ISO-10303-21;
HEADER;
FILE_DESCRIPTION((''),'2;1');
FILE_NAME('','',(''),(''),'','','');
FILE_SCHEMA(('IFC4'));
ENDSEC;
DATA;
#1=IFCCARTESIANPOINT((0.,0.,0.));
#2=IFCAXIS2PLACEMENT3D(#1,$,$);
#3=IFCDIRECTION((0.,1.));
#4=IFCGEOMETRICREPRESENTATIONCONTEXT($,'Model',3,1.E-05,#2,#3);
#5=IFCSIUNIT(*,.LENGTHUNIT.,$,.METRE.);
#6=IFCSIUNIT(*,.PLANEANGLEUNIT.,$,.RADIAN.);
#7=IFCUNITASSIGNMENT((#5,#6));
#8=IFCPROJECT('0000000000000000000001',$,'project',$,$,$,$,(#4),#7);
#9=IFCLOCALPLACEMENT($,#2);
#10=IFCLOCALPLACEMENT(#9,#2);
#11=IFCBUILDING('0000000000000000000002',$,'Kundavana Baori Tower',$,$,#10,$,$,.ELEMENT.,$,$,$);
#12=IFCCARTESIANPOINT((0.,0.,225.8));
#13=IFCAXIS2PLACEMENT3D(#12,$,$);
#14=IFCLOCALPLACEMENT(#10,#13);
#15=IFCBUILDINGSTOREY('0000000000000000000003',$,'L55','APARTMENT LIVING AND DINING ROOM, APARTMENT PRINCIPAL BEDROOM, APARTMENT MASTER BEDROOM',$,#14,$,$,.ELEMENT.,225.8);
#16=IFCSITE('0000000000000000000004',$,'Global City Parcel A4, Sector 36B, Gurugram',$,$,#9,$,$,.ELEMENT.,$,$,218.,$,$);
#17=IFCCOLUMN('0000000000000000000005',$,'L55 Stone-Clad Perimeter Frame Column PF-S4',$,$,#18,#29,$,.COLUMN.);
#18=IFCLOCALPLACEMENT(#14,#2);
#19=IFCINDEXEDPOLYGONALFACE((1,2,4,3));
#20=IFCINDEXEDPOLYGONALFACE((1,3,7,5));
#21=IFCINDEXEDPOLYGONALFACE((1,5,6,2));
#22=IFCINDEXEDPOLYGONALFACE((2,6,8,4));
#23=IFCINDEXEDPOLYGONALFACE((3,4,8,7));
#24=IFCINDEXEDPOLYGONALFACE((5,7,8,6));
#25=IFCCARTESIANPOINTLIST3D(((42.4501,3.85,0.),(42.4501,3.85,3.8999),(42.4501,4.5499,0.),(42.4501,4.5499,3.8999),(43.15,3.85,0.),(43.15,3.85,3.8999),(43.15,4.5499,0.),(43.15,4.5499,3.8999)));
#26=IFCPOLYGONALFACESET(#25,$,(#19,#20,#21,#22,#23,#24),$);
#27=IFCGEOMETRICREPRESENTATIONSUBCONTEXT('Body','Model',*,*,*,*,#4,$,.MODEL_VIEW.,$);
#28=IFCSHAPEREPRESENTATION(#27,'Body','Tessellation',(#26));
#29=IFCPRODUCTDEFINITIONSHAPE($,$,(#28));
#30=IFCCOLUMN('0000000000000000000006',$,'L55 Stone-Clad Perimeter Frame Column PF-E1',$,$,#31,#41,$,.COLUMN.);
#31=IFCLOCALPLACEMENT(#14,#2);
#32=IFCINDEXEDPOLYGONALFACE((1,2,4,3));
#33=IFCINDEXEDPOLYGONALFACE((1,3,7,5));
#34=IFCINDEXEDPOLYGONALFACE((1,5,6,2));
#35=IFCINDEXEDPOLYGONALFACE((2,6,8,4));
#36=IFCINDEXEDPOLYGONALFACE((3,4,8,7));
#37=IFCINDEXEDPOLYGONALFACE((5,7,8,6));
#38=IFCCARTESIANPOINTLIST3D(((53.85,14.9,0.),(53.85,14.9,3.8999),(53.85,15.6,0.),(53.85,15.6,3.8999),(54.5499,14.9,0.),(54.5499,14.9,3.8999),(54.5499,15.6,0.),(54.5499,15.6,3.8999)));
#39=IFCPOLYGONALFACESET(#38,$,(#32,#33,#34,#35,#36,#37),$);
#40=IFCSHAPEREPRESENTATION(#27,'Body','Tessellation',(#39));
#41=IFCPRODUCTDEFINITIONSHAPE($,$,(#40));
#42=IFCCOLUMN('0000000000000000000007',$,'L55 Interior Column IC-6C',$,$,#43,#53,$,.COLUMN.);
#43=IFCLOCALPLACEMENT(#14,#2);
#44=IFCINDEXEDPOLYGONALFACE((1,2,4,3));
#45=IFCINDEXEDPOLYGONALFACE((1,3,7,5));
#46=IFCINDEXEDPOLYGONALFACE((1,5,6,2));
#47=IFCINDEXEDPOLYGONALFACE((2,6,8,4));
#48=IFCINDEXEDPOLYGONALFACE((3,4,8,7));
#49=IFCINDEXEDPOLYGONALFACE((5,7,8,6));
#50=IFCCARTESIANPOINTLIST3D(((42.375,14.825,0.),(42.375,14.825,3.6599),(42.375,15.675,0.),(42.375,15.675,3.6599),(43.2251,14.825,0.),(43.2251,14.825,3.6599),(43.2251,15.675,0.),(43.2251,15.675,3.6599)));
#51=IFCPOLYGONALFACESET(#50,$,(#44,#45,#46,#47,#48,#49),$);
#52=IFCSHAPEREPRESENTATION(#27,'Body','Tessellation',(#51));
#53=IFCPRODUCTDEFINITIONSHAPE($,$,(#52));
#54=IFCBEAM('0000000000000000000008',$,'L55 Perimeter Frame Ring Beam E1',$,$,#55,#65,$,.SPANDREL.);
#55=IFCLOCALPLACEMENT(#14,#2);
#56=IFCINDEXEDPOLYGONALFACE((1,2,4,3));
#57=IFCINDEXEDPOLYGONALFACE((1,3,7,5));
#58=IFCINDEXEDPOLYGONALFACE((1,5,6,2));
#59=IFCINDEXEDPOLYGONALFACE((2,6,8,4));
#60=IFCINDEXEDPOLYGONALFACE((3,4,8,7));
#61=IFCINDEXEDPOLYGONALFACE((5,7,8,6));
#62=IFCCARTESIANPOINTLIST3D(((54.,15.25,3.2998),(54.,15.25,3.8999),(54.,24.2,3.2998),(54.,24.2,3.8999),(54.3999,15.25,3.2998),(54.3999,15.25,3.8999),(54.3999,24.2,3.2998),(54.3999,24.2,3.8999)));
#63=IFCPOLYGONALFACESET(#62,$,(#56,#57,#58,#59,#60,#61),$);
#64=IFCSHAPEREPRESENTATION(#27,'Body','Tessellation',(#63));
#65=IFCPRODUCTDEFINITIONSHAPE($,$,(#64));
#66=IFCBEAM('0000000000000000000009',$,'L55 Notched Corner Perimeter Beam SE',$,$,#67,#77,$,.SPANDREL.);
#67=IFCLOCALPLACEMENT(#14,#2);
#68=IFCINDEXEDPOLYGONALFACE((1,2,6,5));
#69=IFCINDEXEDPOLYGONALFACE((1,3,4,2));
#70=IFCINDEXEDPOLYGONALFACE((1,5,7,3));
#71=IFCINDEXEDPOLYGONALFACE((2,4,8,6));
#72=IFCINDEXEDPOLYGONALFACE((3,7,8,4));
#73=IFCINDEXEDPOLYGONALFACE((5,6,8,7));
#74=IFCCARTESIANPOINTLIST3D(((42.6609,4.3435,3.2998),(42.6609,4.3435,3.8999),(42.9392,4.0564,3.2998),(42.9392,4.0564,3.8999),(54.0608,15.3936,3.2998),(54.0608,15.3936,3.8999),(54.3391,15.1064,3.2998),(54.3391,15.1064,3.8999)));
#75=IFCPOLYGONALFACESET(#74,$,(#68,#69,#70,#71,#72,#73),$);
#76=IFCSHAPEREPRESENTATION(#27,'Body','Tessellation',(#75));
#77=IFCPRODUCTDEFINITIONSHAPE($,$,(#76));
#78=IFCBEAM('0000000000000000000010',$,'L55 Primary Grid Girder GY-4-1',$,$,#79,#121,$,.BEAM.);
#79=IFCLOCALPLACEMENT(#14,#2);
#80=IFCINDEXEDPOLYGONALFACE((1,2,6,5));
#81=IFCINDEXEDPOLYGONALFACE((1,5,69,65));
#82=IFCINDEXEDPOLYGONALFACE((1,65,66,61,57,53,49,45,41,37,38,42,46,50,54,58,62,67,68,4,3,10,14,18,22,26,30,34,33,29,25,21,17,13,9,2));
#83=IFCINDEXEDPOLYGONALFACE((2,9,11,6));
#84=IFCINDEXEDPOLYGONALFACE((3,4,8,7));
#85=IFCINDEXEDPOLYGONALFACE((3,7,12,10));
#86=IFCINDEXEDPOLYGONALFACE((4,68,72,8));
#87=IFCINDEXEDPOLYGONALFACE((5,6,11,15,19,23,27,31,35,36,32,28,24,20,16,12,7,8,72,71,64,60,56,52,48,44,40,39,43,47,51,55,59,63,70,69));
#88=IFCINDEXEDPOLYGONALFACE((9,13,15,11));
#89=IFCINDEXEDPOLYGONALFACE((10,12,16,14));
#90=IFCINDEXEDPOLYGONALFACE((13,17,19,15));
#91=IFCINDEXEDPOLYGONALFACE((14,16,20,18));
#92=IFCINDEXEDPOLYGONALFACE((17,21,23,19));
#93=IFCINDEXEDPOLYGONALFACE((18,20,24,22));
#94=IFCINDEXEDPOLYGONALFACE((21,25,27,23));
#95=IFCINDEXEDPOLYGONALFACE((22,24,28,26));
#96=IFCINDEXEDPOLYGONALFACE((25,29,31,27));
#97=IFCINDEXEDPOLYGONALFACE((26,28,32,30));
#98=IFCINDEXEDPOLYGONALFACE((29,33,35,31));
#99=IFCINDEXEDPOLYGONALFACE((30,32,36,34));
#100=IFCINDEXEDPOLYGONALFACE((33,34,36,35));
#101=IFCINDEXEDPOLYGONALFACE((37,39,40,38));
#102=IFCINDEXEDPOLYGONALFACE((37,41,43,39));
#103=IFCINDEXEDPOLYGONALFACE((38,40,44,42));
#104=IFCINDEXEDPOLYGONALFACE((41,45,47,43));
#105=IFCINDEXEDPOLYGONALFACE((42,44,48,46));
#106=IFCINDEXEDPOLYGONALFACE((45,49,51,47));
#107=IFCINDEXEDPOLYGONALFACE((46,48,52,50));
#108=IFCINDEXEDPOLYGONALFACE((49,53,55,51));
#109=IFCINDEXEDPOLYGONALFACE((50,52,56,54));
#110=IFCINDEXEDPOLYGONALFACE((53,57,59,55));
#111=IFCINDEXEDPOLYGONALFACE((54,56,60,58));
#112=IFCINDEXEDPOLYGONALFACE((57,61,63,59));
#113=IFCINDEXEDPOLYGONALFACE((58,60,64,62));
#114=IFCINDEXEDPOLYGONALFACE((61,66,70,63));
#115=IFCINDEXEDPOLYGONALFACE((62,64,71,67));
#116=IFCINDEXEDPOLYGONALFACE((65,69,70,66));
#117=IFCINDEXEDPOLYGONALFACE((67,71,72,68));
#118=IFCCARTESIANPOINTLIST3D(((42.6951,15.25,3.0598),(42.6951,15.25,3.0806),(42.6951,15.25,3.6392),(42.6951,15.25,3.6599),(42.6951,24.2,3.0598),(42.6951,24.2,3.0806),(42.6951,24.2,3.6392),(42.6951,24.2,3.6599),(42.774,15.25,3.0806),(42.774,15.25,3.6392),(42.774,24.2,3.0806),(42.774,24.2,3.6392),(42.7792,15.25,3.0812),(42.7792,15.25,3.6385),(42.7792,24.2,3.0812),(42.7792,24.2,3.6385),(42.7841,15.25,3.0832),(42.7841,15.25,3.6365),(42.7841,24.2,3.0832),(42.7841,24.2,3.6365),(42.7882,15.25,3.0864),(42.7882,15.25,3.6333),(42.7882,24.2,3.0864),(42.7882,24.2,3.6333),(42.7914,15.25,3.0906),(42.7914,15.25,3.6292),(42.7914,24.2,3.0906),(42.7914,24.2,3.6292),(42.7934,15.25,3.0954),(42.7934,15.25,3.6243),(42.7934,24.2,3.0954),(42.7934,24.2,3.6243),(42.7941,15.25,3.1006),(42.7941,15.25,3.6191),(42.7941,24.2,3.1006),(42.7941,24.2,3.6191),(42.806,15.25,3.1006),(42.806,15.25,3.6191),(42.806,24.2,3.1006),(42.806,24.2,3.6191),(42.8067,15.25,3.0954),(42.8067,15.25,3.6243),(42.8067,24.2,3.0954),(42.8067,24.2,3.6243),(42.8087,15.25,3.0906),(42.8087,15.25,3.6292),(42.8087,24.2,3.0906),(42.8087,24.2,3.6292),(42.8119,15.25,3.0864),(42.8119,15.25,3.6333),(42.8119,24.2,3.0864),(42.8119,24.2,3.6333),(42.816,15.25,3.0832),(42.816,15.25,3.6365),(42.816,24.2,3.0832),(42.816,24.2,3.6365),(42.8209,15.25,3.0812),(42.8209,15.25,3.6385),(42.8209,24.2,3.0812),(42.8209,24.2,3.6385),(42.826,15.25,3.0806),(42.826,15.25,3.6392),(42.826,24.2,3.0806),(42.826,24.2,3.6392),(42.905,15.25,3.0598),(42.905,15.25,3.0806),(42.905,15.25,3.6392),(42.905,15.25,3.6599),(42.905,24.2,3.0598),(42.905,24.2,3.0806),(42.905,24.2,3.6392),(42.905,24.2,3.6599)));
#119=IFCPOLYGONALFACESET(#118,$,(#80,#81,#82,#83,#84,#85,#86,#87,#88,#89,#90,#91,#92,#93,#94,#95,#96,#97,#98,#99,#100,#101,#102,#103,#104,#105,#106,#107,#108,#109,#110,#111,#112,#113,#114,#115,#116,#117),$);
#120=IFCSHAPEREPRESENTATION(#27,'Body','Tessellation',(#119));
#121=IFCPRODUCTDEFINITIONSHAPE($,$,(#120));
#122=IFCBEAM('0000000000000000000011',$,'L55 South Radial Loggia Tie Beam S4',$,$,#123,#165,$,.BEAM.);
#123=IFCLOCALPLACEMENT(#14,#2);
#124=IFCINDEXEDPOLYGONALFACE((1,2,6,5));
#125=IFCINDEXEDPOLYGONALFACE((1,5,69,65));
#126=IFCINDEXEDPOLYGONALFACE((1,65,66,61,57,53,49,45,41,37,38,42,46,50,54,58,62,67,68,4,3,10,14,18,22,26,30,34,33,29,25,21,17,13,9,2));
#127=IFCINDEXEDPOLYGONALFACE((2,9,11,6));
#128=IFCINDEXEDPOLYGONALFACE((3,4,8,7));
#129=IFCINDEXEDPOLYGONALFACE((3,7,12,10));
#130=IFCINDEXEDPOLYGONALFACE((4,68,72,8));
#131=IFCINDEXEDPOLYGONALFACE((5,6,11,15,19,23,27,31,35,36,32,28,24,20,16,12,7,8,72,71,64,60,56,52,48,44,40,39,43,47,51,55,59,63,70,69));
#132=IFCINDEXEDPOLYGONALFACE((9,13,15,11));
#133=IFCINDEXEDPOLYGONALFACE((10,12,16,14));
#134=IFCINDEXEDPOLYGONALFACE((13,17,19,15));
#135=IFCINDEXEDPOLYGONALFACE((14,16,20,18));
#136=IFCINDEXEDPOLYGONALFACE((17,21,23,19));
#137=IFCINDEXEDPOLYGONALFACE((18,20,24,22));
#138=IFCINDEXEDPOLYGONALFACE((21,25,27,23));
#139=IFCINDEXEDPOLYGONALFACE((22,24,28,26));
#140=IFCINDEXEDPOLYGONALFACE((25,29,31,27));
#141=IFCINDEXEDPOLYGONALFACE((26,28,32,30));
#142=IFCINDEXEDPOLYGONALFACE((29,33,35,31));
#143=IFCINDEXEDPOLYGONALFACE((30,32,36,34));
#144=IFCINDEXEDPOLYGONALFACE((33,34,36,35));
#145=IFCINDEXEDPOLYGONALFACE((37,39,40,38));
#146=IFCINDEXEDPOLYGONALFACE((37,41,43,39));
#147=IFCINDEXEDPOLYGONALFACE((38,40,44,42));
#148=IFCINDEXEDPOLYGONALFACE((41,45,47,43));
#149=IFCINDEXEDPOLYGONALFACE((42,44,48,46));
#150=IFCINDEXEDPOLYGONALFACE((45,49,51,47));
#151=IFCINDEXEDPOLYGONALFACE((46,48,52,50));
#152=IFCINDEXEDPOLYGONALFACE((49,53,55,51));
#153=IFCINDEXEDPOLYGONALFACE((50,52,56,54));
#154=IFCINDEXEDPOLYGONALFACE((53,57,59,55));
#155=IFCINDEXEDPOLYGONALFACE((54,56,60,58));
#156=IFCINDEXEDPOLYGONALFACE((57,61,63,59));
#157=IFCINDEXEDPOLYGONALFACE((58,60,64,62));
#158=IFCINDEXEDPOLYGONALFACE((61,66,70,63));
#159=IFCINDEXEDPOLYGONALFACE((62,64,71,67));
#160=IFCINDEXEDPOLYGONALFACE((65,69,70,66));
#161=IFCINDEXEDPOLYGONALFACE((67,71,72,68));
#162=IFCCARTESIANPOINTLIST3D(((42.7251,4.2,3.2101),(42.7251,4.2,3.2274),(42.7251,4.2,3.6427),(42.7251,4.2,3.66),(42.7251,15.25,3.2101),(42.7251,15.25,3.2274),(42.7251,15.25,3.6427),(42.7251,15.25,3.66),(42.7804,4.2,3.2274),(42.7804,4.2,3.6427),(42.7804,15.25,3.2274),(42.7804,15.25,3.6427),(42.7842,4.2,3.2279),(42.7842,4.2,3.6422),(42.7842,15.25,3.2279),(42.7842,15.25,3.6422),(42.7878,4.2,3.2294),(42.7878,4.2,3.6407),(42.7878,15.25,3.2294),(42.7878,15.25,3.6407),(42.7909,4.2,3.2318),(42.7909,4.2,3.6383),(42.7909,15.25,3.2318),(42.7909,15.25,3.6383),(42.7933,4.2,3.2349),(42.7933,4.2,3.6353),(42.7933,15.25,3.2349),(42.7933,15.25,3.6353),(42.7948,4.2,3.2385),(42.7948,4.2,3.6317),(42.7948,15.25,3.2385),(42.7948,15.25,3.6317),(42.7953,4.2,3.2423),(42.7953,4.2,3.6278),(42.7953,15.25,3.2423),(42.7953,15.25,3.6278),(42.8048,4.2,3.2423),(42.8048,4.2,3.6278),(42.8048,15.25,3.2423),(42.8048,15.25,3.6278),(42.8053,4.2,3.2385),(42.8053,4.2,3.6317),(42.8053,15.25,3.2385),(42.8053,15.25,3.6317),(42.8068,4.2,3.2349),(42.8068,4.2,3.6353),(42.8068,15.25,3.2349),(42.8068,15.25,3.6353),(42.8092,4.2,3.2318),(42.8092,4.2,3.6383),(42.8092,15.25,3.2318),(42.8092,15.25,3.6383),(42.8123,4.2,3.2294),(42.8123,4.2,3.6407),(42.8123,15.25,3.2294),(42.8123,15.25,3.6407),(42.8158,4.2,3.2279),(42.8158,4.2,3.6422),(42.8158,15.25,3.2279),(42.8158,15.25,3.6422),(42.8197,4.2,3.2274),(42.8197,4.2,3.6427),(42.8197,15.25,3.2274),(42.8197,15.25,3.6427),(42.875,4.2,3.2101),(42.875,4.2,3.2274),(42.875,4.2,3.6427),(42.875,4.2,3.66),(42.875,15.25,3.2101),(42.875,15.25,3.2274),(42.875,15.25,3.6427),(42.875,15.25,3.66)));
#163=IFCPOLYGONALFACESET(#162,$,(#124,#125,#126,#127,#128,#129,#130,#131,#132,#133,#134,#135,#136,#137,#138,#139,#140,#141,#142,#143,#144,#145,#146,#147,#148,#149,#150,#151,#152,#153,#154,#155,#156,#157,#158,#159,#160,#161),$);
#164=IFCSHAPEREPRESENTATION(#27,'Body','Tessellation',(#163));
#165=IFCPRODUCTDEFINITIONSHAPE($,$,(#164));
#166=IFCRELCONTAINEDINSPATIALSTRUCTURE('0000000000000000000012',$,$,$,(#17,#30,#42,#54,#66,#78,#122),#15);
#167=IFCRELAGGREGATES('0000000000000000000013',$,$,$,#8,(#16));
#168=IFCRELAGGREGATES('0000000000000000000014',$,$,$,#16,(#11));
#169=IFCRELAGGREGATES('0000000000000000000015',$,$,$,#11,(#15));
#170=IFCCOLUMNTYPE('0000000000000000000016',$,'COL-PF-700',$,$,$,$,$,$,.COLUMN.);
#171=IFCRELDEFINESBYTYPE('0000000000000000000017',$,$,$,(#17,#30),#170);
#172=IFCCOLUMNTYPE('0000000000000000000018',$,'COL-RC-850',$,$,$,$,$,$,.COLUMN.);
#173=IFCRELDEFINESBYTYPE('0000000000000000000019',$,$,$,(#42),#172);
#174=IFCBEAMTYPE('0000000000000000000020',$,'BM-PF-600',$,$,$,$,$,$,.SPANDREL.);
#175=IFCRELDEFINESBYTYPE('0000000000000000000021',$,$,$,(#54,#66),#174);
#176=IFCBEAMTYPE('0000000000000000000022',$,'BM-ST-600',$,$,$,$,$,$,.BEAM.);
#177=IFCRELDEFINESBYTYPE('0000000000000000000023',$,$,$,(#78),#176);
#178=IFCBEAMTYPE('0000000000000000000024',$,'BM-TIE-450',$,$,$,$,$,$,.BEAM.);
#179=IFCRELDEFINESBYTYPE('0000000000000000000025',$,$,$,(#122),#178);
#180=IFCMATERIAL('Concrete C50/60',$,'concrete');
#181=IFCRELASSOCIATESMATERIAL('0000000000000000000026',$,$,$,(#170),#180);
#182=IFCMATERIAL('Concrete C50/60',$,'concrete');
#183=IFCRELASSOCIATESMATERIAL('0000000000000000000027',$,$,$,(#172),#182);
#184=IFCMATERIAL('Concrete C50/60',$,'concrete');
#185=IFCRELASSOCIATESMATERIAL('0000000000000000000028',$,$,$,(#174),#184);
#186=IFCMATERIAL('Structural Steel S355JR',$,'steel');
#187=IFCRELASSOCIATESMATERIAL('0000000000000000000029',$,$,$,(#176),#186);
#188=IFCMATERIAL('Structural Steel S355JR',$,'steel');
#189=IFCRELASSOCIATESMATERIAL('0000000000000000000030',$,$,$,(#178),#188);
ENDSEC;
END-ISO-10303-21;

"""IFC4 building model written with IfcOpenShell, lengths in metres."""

from ifc_helpers import new_model, si_unit, direction, frame, origin, origin_2d, place, context, subcontext, project, spatial, rectangle, i_section, extrude, material, material_profile, profile_set, type_object, element, save


model = new_model("IFC4")

# Units and contexts
model_context = context("Model", 3, precision=1e-05, world=origin(), true_north=direction((0.0, 1.0)))
body_context = subcontext(model_context, "Body", "Model", "MODEL_VIEW")
ifc_project = project(units=[si_unit("LENGTHUNIT", "METRE"), si_unit("PLANEANGLEUNIT", "RADIAN")], contexts=[model_context])

# Site, building, storey
site_placement = place(None, origin())
site = spatial("IfcSite", under=ifc_project, at=site_placement, Name="Global City Parcel A4, Sector 36B, Gurugram", CompositionType="ELEMENT", RefElevation=218.0)
building_placement = place(site_placement, origin())
building = spatial("IfcBuilding", under=site, at=building_placement, Name="Kundavana Baori Tower", CompositionType="ELEMENT")
storey_placement = place(building_placement, frame((0.0, 0.0, 225.8)))
storey = spatial("IfcBuildingStorey", under=building, at=storey_placement, Name="L55", Description="APARTMENT LIVING AND DINING ROOM, APARTMENT PRINCIPAL BEDROOM, APARTMENT MASTER BEDROOM", CompositionType="ELEMENT", Elevation=225.8)

# Columns
ifc_material_1 = material(Name="Concrete C50/60", Category="concrete")
ifc_material_profile_1 = material_profile(ifc_material_1, rectangle(XDim=0.7, YDim=0.7, at=origin_2d()), Name="RC PF 700x700")
ifc_profile_set_1 = profile_set([ifc_material_profile_1], Name="Concrete C50/60")
column_type_1 = type_object("IfcColumnType", Name="COL-PF-700", PredefinedType="COLUMN", material=ifc_profile_set_1)
for number, where, z_axis, x_axis, name in (
    (1, (42.8, 4.2, 0.0), (0.0, 0.0, 1.0), (1.0, 0.0, 0.0), "L55 Stone-Clad Perimeter Frame Column PF-S4"),
    (2, (54.2, 15.25, 0.0), (0.0, 0.0, 1.0), (1.0, 0.0, 0.0), "L55 Stone-Clad Perimeter Frame Column PF-E1"),
):
    element("IfcColumn", number, at=place(storey_placement, frame(where, z_axis=z_axis, x_axis=x_axis)), inside=storey, type_object=column_type_1, Name=name, PredefinedType="COLUMN", context=body_context, shape_type="SweptSolid", body=[
        extrude(rectangle(XDim=0.7, YDim=0.7, at=origin_2d()), origin(), (0.0, 0.0, 1.0), 3.8999),
    ])
ifc_material_2 = material(Name="Concrete C50/60", Category="concrete")
ifc_material_profile_2 = material_profile(ifc_material_2, rectangle(XDim=0.8501, YDim=0.8501, at=origin_2d()), Name="RC 850x850")
ifc_profile_set_2 = profile_set([ifc_material_profile_2], Name="Concrete C50/60")
column_type_2 = type_object("IfcColumnType", Name="COL-RC-850", PredefinedType="COLUMN", material=ifc_profile_set_2)
column_placement = place(storey_placement, frame((42.8, 15.25, 0.0), z_axis=(0.0, 0.0, 1.0), x_axis=(1.0, 0.0, 0.0)))
element("IfcColumn", 3, at=column_placement, inside=storey, type_object=column_type_2, Name="L55 Interior Column IC-6C", PredefinedType="COLUMN", context=body_context, shape_type="SweptSolid", body=[
    extrude(rectangle(XDim=0.8501, YDim=0.8501, at=origin_2d()), origin(), (0.0, 0.0, 1.0), 3.6599),
])

# Beams
ifc_material_3 = material(Name="Concrete C50/60", Category="concrete")
ifc_material_profile_3 = material_profile(ifc_material_3, rectangle(XDim=0.3999, YDim=0.6001, at=origin_2d()), Name="RC BM 400x600")
ifc_profile_set_3 = profile_set([ifc_material_profile_3], Name="Concrete C50/60")
beam_type_1 = type_object("IfcBeamType", Name="BM-PF-600", PredefinedType="SPANDREL", material=ifc_profile_set_3)
beam_1_placement = place(storey_placement, frame((54.2, 15.25, 3.5999), z_axis=(0.0, 1.0, 0.0), x_axis=(-1.0, 0.0, 0.0)))
element("IfcBeam", 4, at=beam_1_placement, inside=storey, type_object=beam_type_1, Name="L55 Perimeter Frame Ring Beam E1", PredefinedType="SPANDREL", context=body_context, shape_type="SweptSolid", body=[
    extrude(rectangle(XDim=0.3999, YDim=0.6001, at=origin_2d()), origin(), (0.0, 0.0, 1.0), 8.95),
])
beam_2_placement = place(storey_placement, frame((42.8, 4.2, 3.5999), z_axis=(0.718039, 0.696003, 0.0), x_axis=(-0.696003, 0.718039, 0.0)))
element("IfcBeam", 5, at=beam_2_placement, inside=storey, type_object=beam_type_1, Name="L55 Notched Corner Perimeter Beam SE", PredefinedType="SPANDREL", context=body_context, shape_type="SweptSolid", body=[
    extrude(rectangle(XDim=0.3999, YDim=0.6001, at=origin_2d()), origin(), (0.0, 0.0, 1.0), 15.8765),
])
ifc_material_4 = material(Name="Structural Steel S355JR", Category="steel")
ifc_material_profile_4 = material_profile(ifc_material_4, i_section(OverallWidth=0.21, OverallDepth=0.6001, WebThickness=0.012, FlangeThickness=0.0208, FilletRadius=0.02, at=origin_2d()), Name="ISMB 600")
ifc_profile_set_4 = profile_set([ifc_material_profile_4], Name="Structural Steel S355JR")
beam_type_2 = type_object("IfcBeamType", Name="BM-ST-600", PredefinedType="BEAM", material=ifc_profile_set_4)
beam_3_placement = place(storey_placement, frame((42.8, 15.25, 3.3599), z_axis=(0.0, 1.0, 0.0), x_axis=(-1.0, 0.0, 0.0)))
element("IfcBeam", 6, at=beam_3_placement, inside=storey, type_object=beam_type_2, Name="L55 Primary Grid Girder GY-4-1", PredefinedType="BEAM", context=body_context, shape_type="SweptSolid", body=[
    extrude(i_section(OverallWidth=0.21, OverallDepth=0.6001, WebThickness=0.012, FlangeThickness=0.0208, FilletRadius=0.02, at=origin_2d()), origin(), (0.0, 0.0, 1.0), 8.95),
])
ifc_material_5 = material(Name="Structural Steel S355JR", Category="steel")
ifc_material_profile_5 = material_profile(ifc_material_5, i_section(OverallWidth=0.1499, OverallDepth=0.45, WebThickness=0.0095, FlangeThickness=0.0173, FilletRadius=0.0149, at=origin_2d()), Name="ISMB 450")
ifc_profile_set_5 = profile_set([ifc_material_profile_5], Name="Structural Steel S355JR")
beam_type_3 = type_object("IfcBeamType", Name="BM-TIE-450", PredefinedType="BEAM", material=ifc_profile_set_5)
beam_4_placement = place(storey_placement, frame((42.8, 15.25, 3.4351), z_axis=(0.0, -1.0, 0.0), x_axis=(1.0, 0.0, 0.0)))
element("IfcBeam", 7, at=beam_4_placement, inside=storey, type_object=beam_type_3, Name="L55 South Radial Loggia Tie Beam S4", PredefinedType="BEAM", context=body_context, shape_type="SweptSolid", body=[
    extrude(i_section(OverallWidth=0.1499, OverallDepth=0.45, WebThickness=0.0095, FlangeThickness=0.0173, FilletRadius=0.0149, at=origin_2d()), origin(), (0.0, 0.0, 1.0), 11.05),
])

save(model, "model.ifc")
